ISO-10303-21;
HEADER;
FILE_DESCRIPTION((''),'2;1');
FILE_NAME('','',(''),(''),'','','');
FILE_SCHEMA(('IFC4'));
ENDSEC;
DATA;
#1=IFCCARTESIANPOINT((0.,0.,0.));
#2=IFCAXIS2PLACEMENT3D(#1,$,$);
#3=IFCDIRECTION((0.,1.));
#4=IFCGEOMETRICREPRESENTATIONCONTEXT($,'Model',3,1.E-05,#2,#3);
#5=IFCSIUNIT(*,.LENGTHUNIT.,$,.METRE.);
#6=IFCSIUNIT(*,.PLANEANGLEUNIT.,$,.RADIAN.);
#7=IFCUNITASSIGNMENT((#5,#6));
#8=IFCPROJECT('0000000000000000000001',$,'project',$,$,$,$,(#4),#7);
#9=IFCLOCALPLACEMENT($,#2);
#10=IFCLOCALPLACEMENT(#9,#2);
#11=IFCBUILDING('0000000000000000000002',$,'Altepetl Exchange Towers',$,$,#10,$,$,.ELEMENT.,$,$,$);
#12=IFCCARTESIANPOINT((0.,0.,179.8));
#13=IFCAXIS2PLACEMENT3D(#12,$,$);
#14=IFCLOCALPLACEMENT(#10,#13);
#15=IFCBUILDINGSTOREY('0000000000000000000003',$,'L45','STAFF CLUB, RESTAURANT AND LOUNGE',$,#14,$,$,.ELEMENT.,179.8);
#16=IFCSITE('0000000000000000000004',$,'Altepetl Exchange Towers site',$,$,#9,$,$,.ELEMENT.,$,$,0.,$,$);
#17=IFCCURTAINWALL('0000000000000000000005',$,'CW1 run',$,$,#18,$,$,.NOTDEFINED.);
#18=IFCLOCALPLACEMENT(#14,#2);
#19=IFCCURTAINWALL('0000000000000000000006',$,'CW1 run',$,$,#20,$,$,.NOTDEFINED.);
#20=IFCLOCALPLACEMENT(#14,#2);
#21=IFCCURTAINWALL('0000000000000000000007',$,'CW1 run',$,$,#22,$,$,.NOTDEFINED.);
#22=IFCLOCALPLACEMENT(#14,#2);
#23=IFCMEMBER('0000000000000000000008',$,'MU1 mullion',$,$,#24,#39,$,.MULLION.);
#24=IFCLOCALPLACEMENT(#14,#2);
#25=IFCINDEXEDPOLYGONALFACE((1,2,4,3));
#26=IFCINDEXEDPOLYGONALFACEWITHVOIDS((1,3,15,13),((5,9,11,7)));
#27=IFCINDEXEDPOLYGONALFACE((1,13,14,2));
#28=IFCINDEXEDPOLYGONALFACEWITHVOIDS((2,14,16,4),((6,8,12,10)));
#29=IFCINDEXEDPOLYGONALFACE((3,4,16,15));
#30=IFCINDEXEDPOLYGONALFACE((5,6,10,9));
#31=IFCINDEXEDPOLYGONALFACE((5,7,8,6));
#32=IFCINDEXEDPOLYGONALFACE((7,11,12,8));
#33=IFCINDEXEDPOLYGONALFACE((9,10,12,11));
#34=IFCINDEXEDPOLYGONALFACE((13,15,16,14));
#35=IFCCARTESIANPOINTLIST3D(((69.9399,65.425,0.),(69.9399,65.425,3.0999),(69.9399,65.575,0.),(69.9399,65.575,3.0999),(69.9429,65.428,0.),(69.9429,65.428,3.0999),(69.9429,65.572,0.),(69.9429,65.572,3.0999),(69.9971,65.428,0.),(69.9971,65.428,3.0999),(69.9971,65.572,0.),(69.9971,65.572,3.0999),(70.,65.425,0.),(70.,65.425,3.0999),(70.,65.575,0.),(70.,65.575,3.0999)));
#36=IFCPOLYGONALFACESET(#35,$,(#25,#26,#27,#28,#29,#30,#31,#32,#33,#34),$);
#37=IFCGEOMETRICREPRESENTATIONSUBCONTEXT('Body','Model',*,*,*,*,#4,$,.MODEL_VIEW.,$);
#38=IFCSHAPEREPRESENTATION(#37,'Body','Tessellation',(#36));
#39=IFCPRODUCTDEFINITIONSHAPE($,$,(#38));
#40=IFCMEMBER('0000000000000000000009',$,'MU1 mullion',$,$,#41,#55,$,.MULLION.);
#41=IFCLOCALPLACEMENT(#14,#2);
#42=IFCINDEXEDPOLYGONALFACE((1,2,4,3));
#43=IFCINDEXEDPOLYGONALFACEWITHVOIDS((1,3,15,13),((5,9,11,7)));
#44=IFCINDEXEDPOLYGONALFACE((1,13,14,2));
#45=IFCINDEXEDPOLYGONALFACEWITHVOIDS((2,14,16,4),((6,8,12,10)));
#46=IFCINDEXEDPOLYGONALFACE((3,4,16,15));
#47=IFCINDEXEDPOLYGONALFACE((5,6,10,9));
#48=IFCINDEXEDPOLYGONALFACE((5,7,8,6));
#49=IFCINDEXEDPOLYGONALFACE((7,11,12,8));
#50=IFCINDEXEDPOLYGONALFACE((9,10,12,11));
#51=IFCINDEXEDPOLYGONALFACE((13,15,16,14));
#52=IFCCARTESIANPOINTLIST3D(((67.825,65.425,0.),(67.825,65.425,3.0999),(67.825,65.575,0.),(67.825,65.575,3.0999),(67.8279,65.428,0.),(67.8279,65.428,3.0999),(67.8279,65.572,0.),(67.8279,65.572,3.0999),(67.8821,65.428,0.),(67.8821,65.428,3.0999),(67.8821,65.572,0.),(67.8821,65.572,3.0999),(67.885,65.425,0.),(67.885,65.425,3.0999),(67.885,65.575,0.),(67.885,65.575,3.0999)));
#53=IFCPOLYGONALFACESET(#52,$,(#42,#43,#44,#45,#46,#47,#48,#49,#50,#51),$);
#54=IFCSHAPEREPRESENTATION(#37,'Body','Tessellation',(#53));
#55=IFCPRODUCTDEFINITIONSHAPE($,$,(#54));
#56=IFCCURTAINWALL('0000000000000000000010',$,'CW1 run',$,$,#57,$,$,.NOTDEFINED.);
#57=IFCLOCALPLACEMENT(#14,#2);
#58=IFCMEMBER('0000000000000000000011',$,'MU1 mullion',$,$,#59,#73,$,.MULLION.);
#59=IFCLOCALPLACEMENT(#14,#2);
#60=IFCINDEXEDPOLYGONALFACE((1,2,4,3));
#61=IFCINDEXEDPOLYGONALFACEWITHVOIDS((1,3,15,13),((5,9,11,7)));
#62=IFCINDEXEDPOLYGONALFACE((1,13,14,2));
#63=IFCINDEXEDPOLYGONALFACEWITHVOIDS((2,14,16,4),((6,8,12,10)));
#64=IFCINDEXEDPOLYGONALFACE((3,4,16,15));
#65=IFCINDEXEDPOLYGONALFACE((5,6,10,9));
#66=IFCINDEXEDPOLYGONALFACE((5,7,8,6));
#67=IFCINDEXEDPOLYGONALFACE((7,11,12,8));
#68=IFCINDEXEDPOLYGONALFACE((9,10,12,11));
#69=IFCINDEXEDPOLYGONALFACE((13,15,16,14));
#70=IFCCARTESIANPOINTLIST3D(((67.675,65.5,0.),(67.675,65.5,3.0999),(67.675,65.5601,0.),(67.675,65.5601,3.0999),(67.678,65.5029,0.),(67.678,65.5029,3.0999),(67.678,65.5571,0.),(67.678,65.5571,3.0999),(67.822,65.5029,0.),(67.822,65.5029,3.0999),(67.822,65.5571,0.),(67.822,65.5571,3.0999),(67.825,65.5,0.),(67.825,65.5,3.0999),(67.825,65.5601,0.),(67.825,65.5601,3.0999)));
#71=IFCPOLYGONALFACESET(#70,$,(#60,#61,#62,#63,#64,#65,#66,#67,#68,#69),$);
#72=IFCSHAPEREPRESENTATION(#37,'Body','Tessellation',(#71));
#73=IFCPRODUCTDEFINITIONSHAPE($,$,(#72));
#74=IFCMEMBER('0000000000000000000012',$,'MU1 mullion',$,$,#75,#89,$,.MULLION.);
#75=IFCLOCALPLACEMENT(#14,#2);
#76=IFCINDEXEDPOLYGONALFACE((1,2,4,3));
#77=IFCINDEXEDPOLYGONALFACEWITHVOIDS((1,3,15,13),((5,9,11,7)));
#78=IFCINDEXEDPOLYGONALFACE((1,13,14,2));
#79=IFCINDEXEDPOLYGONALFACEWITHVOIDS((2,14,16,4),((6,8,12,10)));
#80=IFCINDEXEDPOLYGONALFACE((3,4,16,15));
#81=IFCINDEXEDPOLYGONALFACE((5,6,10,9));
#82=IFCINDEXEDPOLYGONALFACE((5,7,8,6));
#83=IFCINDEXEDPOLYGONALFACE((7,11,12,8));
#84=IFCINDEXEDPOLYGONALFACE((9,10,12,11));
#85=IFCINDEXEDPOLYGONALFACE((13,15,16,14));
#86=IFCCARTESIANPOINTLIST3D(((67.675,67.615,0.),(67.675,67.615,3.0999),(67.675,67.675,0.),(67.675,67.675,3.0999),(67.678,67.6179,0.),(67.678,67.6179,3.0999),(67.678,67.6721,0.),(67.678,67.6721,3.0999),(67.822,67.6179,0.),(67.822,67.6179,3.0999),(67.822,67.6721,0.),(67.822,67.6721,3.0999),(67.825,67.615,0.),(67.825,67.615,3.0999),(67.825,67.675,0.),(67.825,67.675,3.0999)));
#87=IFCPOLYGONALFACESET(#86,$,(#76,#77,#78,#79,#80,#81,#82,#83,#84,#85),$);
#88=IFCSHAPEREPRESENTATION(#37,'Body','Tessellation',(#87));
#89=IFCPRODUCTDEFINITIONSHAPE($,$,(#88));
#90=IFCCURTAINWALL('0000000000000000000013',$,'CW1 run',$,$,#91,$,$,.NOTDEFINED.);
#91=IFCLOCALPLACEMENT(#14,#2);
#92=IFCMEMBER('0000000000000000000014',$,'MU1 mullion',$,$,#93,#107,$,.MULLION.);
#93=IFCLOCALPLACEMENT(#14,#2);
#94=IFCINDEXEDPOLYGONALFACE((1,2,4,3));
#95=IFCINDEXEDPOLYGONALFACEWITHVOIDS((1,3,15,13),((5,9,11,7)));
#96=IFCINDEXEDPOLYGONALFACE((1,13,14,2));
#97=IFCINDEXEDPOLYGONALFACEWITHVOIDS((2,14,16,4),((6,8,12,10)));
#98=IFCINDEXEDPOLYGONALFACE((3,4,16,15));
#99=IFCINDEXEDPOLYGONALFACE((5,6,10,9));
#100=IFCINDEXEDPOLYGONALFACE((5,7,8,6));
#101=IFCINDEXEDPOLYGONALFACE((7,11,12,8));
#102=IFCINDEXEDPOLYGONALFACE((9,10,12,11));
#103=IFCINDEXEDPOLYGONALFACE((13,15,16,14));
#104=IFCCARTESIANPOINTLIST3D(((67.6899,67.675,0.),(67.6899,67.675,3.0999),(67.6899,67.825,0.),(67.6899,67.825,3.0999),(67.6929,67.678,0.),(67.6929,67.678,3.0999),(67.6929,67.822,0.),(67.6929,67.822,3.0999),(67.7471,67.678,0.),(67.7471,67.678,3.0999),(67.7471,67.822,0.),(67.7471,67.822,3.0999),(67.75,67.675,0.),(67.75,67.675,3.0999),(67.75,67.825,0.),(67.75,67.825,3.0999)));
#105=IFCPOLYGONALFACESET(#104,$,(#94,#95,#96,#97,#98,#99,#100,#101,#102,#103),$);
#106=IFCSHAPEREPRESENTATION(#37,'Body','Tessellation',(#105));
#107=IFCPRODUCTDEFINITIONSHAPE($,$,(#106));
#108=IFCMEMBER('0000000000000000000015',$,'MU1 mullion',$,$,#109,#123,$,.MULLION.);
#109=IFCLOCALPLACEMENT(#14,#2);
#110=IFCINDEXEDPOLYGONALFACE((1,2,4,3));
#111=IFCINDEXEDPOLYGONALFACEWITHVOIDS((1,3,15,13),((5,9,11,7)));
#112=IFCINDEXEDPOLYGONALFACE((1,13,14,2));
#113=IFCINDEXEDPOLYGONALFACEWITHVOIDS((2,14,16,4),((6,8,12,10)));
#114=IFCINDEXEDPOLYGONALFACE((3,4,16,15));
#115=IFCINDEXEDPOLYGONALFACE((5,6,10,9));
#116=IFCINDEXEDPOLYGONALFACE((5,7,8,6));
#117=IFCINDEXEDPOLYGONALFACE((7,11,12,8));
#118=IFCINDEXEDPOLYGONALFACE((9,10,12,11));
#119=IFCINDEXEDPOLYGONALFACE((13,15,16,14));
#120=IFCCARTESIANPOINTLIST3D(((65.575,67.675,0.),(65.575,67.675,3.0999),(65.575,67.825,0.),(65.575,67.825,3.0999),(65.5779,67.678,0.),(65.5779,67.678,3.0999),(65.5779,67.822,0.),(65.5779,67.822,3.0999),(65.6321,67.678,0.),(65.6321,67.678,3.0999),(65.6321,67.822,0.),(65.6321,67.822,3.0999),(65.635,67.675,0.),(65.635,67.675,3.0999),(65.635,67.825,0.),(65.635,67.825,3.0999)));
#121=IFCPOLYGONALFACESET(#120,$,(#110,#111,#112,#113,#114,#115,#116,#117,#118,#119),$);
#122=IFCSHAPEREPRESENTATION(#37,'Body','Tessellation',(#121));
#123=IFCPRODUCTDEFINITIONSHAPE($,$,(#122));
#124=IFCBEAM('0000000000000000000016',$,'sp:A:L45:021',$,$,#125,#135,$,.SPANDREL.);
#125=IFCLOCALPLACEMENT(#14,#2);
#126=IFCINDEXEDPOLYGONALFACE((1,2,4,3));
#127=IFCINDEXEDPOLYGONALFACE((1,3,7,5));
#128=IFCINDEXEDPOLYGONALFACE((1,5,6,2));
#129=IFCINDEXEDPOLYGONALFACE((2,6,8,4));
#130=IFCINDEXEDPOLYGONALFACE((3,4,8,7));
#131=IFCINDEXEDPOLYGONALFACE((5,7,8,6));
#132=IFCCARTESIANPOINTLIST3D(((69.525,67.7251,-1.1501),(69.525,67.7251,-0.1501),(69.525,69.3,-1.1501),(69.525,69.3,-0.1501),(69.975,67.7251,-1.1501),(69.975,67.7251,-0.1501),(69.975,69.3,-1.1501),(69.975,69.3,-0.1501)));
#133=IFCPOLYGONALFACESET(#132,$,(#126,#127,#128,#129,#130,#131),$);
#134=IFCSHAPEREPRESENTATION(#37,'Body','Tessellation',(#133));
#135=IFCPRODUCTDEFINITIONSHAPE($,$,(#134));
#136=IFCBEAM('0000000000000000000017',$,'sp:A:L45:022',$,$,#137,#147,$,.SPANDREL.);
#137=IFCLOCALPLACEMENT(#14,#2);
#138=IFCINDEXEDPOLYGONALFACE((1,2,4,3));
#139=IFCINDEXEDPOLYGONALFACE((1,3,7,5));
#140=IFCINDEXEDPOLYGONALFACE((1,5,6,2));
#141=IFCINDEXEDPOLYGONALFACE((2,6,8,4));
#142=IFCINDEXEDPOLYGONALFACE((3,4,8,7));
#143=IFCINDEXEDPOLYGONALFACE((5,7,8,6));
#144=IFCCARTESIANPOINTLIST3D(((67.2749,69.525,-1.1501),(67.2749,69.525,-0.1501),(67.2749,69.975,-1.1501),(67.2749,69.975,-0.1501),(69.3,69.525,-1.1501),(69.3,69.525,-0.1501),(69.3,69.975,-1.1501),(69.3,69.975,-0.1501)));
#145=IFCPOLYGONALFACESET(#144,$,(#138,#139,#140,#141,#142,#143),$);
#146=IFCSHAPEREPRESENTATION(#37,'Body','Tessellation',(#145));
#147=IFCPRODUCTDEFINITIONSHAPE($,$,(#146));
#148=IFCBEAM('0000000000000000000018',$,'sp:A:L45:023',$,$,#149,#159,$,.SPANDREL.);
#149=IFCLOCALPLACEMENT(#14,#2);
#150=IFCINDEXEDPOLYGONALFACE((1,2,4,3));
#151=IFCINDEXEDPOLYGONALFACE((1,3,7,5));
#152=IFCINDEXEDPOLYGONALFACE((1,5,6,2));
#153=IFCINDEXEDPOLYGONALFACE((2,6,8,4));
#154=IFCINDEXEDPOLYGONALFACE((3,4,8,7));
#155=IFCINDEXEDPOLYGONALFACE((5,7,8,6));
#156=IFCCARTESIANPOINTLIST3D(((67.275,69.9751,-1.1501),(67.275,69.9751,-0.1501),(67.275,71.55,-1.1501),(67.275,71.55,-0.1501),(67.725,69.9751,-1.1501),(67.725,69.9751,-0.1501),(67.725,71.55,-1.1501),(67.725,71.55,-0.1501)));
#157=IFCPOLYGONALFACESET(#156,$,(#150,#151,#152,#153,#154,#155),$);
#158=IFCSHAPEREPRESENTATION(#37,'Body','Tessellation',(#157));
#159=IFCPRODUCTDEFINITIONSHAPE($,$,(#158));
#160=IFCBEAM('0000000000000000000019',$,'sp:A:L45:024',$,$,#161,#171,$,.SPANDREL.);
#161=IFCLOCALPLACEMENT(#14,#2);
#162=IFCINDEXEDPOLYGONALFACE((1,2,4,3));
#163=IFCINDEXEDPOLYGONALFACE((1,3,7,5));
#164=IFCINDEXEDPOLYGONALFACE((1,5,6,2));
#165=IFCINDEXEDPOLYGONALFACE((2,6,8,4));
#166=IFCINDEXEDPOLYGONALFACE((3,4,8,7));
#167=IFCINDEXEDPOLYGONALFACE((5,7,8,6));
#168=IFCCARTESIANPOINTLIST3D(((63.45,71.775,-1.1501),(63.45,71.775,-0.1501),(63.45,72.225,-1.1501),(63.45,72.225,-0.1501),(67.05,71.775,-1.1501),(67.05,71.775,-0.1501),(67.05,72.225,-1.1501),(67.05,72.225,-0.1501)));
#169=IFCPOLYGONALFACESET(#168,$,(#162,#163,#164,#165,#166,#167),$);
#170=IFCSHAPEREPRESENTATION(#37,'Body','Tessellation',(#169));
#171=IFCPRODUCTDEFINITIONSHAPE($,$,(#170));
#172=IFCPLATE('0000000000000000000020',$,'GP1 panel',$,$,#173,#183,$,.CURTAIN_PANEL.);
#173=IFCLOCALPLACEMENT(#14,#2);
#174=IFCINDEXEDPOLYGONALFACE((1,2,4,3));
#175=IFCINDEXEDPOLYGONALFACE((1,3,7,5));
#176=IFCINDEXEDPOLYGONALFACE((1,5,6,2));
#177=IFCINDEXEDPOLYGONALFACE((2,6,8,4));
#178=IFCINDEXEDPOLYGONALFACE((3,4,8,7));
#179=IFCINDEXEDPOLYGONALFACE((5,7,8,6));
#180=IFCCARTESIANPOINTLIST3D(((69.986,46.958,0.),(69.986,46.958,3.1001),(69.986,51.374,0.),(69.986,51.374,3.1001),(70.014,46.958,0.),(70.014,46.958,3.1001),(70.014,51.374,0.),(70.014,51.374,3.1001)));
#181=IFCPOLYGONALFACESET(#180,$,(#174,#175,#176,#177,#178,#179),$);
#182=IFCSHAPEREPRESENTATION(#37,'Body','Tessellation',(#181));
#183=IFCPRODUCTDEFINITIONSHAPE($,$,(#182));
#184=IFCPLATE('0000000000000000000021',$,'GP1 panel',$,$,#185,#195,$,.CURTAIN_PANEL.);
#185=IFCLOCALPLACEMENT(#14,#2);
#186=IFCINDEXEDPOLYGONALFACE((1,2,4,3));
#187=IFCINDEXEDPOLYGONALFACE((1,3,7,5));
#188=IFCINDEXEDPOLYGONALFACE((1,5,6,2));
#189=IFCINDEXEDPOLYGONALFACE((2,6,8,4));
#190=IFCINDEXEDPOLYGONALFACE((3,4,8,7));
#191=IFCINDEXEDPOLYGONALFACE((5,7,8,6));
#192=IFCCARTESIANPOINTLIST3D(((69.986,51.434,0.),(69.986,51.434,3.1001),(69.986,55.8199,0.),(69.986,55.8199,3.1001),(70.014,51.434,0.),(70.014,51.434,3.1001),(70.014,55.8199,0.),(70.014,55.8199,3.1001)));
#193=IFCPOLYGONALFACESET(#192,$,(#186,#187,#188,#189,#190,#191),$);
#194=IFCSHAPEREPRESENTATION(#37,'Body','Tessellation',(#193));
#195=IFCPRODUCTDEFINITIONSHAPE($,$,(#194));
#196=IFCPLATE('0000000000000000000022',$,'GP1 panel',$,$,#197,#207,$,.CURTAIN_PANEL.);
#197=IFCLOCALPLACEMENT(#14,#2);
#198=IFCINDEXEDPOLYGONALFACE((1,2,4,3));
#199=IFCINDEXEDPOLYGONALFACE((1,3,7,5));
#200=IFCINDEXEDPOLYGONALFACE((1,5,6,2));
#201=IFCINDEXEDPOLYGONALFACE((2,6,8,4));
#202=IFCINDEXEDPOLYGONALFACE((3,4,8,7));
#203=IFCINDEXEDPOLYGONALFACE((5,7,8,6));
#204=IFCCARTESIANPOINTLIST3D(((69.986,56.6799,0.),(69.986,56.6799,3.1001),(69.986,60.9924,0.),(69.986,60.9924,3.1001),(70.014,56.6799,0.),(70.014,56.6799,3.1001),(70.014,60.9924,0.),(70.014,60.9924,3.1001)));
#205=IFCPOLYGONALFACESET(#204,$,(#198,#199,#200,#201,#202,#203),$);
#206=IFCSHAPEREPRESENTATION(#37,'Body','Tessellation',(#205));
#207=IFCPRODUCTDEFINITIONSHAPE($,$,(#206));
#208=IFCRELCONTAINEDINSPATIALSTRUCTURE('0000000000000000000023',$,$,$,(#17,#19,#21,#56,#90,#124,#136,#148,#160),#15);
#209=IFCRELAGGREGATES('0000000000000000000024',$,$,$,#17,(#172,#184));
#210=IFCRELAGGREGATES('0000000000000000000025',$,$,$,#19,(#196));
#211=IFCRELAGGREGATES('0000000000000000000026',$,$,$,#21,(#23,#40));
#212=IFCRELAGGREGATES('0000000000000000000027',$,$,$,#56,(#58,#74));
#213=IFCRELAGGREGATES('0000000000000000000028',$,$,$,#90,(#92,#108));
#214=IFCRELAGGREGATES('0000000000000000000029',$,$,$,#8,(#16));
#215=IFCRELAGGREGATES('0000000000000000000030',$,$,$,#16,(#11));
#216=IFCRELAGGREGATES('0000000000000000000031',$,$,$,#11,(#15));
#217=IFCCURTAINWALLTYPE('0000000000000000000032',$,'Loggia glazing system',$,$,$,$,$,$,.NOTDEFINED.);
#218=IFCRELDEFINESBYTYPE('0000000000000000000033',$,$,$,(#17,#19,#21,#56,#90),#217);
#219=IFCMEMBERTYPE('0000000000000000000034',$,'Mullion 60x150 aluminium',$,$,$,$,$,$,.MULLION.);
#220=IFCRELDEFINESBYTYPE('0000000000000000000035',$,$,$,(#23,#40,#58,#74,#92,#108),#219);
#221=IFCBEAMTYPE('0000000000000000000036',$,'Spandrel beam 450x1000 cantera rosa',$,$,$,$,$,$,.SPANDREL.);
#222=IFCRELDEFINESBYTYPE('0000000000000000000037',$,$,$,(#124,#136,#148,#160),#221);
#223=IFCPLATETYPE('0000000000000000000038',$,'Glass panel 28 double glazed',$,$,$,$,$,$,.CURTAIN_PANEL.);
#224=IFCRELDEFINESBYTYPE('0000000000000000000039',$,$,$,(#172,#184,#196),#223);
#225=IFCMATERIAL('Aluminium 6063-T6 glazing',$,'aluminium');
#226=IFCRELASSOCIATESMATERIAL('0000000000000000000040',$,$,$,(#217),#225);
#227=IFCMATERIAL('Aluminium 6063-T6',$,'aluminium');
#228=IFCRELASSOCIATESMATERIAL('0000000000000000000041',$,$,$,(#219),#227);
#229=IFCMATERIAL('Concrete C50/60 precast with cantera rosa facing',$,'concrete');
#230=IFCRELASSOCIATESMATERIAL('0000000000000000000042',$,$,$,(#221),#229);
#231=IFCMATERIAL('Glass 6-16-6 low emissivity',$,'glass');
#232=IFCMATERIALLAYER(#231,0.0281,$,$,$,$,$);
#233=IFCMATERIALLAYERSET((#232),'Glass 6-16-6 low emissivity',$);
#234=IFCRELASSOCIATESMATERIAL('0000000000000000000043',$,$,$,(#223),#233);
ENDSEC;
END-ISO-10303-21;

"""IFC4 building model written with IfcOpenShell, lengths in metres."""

from ifc_helpers import new_model, si_unit, direction, frame, origin, origin_2d, place, context, subcontext, project, spatial, rectangle, hollow_rectangle, extrude, material, layer, layer_set, material_profile, profile_set, type_object, element, aggregate, save


model = new_model("IFC4")

# Units and contexts
model_context = context("Model", 3, precision=1e-05, world=origin(), true_north=direction((0.0, 1.0)))
body_context = subcontext(model_context, "Body", "Model", "MODEL_VIEW")
ifc_project = project(units=[si_unit("LENGTHUNIT", "METRE"), si_unit("PLANEANGLEUNIT", "RADIAN")], contexts=[model_context])

# Site, building, storey
site_placement = place(None, origin())
site = spatial("IfcSite", under=ifc_project, at=site_placement, Name="Altepetl Exchange Towers site", CompositionType="ELEMENT", RefElevation=0.0)
building_placement = place(site_placement, origin())
building = spatial("IfcBuilding", under=site, at=building_placement, Name="Altepetl Exchange Towers", CompositionType="ELEMENT")
storey_placement = place(building_placement, frame((0.0, 0.0, 179.8)))
storey = spatial("IfcBuildingStorey", under=building, at=storey_placement, Name="L45", Description="STAFF CLUB, RESTAURANT AND LOUNGE", CompositionType="ELEMENT", Elevation=179.8)

# Curtain walls, members
ifc_material_1 = material(Name="Aluminium 6063-T6 glazing", Category="aluminium")
curtain_wall_type = type_object("IfcCurtainWallType", Name="Loggia glazing system", PredefinedType="NOTDEFINED", material=ifc_material_1)
curtain_wall_1_placement = place(storey_placement, origin())
curtain_wall_1 = element("IfcCurtainWall", 1, at=curtain_wall_1_placement, inside=storey, type_object=curtain_wall_type, Name="CW1 run", PredefinedType="NOTDEFINED")
ifc_material_2 = material(Name="Aluminium 6063-T6", Category="aluminium")
ifc_material_profile_1 = material_profile(ifc_material_2, hollow_rectangle(XDim=0.0601, YDim=0.1499, WallThickness=0.0029, at=origin_2d()), Name="Mullion 60x150 aluminium")
ifc_profile_set_1 = profile_set([ifc_material_profile_1], Name="Aluminium 6063-T6")
member_type = type_object("IfcMemberType", Name="Mullion 60x150 aluminium", PredefinedType="MULLION", material=ifc_profile_set_1)
curtain_wall_2_placement = place(storey_placement, origin())
curtain_wall_2 = element("IfcCurtainWall", 2, at=curtain_wall_2_placement, inside=storey, type_object=curtain_wall_type, Name="CW1 run", PredefinedType="NOTDEFINED")
curtain_wall_3_placement = place(storey_placement, origin())
curtain_wall_3 = element("IfcCurtainWall", 3, at=curtain_wall_3_placement, inside=storey, type_object=curtain_wall_type, Name="CW1 run", PredefinedType="NOTDEFINED")
member_1_placement = place(storey_placement, frame((69.97, 65.5, 0.0), z_axis=(0.0, 0.0, 1.0), x_axis=(-1.0, 0.0, 0.0)))
member_1 = element("IfcMember", 4, at=member_1_placement, type_object=member_type, Name="MU1 mullion", PredefinedType="MULLION", context=body_context, shape_type="SweptSolid", body=[
    extrude(hollow_rectangle(XDim=0.0601, YDim=0.1499, WallThickness=0.0029, at=origin_2d()), origin(), (0.0, 0.0, 1.0), 3.0999),
])
member_2_placement = place(storey_placement, frame((67.855, 65.5, 0.0), z_axis=(0.0, 0.0, 1.0), x_axis=(-1.0, 0.0, 0.0)))
member_2 = element("IfcMember", 5, at=member_2_placement, type_object=member_type, Name="MU1 mullion", PredefinedType="MULLION", context=body_context, shape_type="SweptSolid", body=[
    extrude(hollow_rectangle(XDim=0.0601, YDim=0.1499, WallThickness=0.0029, at=origin_2d()), origin(), (0.0, 0.0, 1.0), 3.0999),
])
curtain_wall_4_placement = place(storey_placement, origin())
curtain_wall_4 = element("IfcCurtainWall", 6, at=curtain_wall_4_placement, inside=storey, type_object=curtain_wall_type, Name="CW1 run", PredefinedType="NOTDEFINED")
member_3_placement = place(storey_placement, frame((67.75, 65.53, 0.0), z_axis=(0.0, 0.0, 1.0), x_axis=(0.0, 1.0, 0.0)))
member_3 = element("IfcMember", 7, at=member_3_placement, type_object=member_type, Name="MU1 mullion", PredefinedType="MULLION", context=body_context, shape_type="SweptSolid", body=[
    extrude(hollow_rectangle(XDim=0.0601, YDim=0.1499, WallThickness=0.0029, at=origin_2d()), origin(), (0.0, 0.0, 1.0), 3.0999),
])
member_4_placement = place(storey_placement, frame((67.75, 67.645, 0.0), z_axis=(0.0, 0.0, 1.0), x_axis=(0.0, 1.0, 0.0)))
member_4 = element("IfcMember", 8, at=member_4_placement, type_object=member_type, Name="MU1 mullion", PredefinedType="MULLION", context=body_context, shape_type="SweptSolid", body=[
    extrude(hollow_rectangle(XDim=0.0601, YDim=0.1499, WallThickness=0.0029, at=origin_2d()), origin(), (0.0, 0.0, 1.0), 3.0999),
])
curtain_wall_5_placement = place(storey_placement, origin())
curtain_wall_5 = element("IfcCurtainWall", 9, at=curtain_wall_5_placement, inside=storey, type_object=curtain_wall_type, Name="CW1 run", PredefinedType="NOTDEFINED")
member_5_placement = place(storey_placement, frame((67.72, 67.75, 0.0), z_axis=(0.0, 0.0, 1.0), x_axis=(-1.0, 0.0, 0.0)))
member_5 = element("IfcMember", 10, at=member_5_placement, type_object=member_type, Name="MU1 mullion", PredefinedType="MULLION", context=body_context, shape_type="SweptSolid", body=[
    extrude(hollow_rectangle(XDim=0.0601, YDim=0.1499, WallThickness=0.0029, at=origin_2d()), origin(), (0.0, 0.0, 1.0), 3.0999),
])
member_6_placement = place(storey_placement, frame((65.605, 67.75, 0.0), z_axis=(0.0, 0.0, 1.0), x_axis=(-1.0, 0.0, 0.0)))
member_6 = element("IfcMember", 11, at=member_6_placement, type_object=member_type, Name="MU1 mullion", PredefinedType="MULLION", context=body_context, shape_type="SweptSolid", body=[
    extrude(hollow_rectangle(XDim=0.0601, YDim=0.1499, WallThickness=0.0029, at=origin_2d()), origin(), (0.0, 0.0, 1.0), 3.0999),
])

# Beams
ifc_material_3 = material(Name="Concrete C50/60 precast with cantera rosa facing", Category="concrete")
ifc_material_profile_2 = material_profile(ifc_material_3, rectangle(XDim=0.45, YDim=1.0, at=origin_2d()), Name="450 x 1000")
ifc_profile_set_2 = profile_set([ifc_material_profile_2], Name="Concrete C50/60 precast with cantera rosa facing")
beam_type_1 = type_object("IfcBeamType", Name="Spandrel beam 450x1000 cantera rosa", PredefinedType="SPANDREL", material=ifc_profile_set_2)
beam_1_placement = place(storey_placement, frame((69.75, 67.7251, -0.6501), z_axis=(0.0, 1.0, 0.0), x_axis=(-1.0, 0.0, 0.0)))
element("IfcBeam", 12, at=beam_1_placement, inside=storey, type_object=beam_type_1, Name="sp:A:L45:021", PredefinedType="SPANDREL", context=body_context, shape_type="SweptSolid", body=[
    extrude(rectangle(XDim=0.45, YDim=1.0, at=origin_2d()), origin(), (0.0, 0.0, 1.0), 1.575),
])
beam_2_placement = place(storey_placement, frame((69.3, 69.75, -0.6501), z_axis=(-1.0, 0.0, 0.0), x_axis=(0.0, -1.0, 0.0)))
element("IfcBeam", 13, at=beam_2_placement, inside=storey, type_object=beam_type_1, Name="sp:A:L45:022", PredefinedType="SPANDREL", context=body_context, shape_type="SweptSolid", body=[
    extrude(rectangle(XDim=0.45, YDim=1.0, at=origin_2d()), origin(), (0.0, 0.0, 1.0), 2.0251),
])
beam_3_placement = place(storey_placement, frame((67.5, 69.9751, -0.6501), z_axis=(0.0, 1.0, 0.0), x_axis=(-1.0, 0.0, 0.0)))
element("IfcBeam", 14, at=beam_3_placement, inside=storey, type_object=beam_type_1, Name="sp:A:L45:023", PredefinedType="SPANDREL", context=body_context, shape_type="SweptSolid", body=[
    extrude(rectangle(XDim=0.45, YDim=1.0, at=origin_2d()), origin(), (0.0, 0.0, 1.0), 1.575),
])
beam_4_placement = place(storey_placement, frame((67.05, 72.0, -0.6501), z_axis=(-1.0, 0.0, 0.0), x_axis=(0.0, -1.0, 0.0)))
element("IfcBeam", 15, at=beam_4_placement, inside=storey, type_object=beam_type_1, Name="sp:A:L45:024", PredefinedType="SPANDREL", context=body_context, shape_type="SweptSolid", body=[
    extrude(rectangle(XDim=0.45, YDim=1.0, at=origin_2d()), origin(), (0.0, 0.0, 1.0), 3.6001),
])

# Plates
ifc_material_4 = material(Name="Glass 6-16-6 low emissivity", Category="glass")
ifc_layer_1 = layer(ifc_material_4, 0.0281)
ifc_layer_set_1 = layer_set([ifc_layer_1], Name="Glass 6-16-6 low emissivity")
plate_type = type_object("IfcPlateType", Name="Glass panel 28 double glazed", PredefinedType="CURTAIN_PANEL", material=ifc_layer_set_1)
plate_1_placement = place(storey_placement, frame((70.0, 49.166, 0.0), z_axis=(0.0, 0.0, 1.0), x_axis=(0.0, 1.0, 0.0)))
plate_1 = element("IfcPlate", 16, at=plate_1_placement, type_object=plate_type, Name="GP1 panel", PredefinedType="CURTAIN_PANEL", context=body_context, shape_type="SweptSolid", body=[
    extrude(rectangle(XDim=4.416, YDim=0.0281, at=origin_2d()), origin(), (0.0, 0.0, 1.0), 3.1001),
])
plate_2_placement = place(storey_placement, frame((70.0, 53.627, 0.0), z_axis=(0.0, 0.0, 1.0), x_axis=(0.0, 1.0, 0.0)))
plate_2 = element("IfcPlate", 17, at=plate_2_placement, type_object=plate_type, Name="GP1 panel", PredefinedType="CURTAIN_PANEL", context=body_context, shape_type="SweptSolid", body=[
    extrude(rectangle(XDim=4.386, YDim=0.0281, at=origin_2d()), origin(), (0.0, 0.0, 1.0), 3.1001),
])
aggregate(curtain_wall_1, [plate_1, plate_2])
plate_3_placement = place(storey_placement, frame((70.0, 58.8362, 0.0), z_axis=(0.0, 0.0, 1.0), x_axis=(0.0, 1.0, 0.0)))
plate_3 = element("IfcPlate", 18, at=plate_3_placement, type_object=plate_type, Name="GP1 panel", PredefinedType="CURTAIN_PANEL", context=body_context, shape_type="SweptSolid", body=[
    extrude(rectangle(XDim=4.3125, YDim=0.0281, at=origin_2d()), origin(), (0.0, 0.0, 1.0), 3.1001),
])
aggregate(curtain_wall_2, [plate_3])
aggregate(curtain_wall_3, [member_1, member_2])
aggregate(curtain_wall_4, [member_3, member_4])
aggregate(curtain_wall_5, [member_5, member_6])

save(model, "model.ifc")
